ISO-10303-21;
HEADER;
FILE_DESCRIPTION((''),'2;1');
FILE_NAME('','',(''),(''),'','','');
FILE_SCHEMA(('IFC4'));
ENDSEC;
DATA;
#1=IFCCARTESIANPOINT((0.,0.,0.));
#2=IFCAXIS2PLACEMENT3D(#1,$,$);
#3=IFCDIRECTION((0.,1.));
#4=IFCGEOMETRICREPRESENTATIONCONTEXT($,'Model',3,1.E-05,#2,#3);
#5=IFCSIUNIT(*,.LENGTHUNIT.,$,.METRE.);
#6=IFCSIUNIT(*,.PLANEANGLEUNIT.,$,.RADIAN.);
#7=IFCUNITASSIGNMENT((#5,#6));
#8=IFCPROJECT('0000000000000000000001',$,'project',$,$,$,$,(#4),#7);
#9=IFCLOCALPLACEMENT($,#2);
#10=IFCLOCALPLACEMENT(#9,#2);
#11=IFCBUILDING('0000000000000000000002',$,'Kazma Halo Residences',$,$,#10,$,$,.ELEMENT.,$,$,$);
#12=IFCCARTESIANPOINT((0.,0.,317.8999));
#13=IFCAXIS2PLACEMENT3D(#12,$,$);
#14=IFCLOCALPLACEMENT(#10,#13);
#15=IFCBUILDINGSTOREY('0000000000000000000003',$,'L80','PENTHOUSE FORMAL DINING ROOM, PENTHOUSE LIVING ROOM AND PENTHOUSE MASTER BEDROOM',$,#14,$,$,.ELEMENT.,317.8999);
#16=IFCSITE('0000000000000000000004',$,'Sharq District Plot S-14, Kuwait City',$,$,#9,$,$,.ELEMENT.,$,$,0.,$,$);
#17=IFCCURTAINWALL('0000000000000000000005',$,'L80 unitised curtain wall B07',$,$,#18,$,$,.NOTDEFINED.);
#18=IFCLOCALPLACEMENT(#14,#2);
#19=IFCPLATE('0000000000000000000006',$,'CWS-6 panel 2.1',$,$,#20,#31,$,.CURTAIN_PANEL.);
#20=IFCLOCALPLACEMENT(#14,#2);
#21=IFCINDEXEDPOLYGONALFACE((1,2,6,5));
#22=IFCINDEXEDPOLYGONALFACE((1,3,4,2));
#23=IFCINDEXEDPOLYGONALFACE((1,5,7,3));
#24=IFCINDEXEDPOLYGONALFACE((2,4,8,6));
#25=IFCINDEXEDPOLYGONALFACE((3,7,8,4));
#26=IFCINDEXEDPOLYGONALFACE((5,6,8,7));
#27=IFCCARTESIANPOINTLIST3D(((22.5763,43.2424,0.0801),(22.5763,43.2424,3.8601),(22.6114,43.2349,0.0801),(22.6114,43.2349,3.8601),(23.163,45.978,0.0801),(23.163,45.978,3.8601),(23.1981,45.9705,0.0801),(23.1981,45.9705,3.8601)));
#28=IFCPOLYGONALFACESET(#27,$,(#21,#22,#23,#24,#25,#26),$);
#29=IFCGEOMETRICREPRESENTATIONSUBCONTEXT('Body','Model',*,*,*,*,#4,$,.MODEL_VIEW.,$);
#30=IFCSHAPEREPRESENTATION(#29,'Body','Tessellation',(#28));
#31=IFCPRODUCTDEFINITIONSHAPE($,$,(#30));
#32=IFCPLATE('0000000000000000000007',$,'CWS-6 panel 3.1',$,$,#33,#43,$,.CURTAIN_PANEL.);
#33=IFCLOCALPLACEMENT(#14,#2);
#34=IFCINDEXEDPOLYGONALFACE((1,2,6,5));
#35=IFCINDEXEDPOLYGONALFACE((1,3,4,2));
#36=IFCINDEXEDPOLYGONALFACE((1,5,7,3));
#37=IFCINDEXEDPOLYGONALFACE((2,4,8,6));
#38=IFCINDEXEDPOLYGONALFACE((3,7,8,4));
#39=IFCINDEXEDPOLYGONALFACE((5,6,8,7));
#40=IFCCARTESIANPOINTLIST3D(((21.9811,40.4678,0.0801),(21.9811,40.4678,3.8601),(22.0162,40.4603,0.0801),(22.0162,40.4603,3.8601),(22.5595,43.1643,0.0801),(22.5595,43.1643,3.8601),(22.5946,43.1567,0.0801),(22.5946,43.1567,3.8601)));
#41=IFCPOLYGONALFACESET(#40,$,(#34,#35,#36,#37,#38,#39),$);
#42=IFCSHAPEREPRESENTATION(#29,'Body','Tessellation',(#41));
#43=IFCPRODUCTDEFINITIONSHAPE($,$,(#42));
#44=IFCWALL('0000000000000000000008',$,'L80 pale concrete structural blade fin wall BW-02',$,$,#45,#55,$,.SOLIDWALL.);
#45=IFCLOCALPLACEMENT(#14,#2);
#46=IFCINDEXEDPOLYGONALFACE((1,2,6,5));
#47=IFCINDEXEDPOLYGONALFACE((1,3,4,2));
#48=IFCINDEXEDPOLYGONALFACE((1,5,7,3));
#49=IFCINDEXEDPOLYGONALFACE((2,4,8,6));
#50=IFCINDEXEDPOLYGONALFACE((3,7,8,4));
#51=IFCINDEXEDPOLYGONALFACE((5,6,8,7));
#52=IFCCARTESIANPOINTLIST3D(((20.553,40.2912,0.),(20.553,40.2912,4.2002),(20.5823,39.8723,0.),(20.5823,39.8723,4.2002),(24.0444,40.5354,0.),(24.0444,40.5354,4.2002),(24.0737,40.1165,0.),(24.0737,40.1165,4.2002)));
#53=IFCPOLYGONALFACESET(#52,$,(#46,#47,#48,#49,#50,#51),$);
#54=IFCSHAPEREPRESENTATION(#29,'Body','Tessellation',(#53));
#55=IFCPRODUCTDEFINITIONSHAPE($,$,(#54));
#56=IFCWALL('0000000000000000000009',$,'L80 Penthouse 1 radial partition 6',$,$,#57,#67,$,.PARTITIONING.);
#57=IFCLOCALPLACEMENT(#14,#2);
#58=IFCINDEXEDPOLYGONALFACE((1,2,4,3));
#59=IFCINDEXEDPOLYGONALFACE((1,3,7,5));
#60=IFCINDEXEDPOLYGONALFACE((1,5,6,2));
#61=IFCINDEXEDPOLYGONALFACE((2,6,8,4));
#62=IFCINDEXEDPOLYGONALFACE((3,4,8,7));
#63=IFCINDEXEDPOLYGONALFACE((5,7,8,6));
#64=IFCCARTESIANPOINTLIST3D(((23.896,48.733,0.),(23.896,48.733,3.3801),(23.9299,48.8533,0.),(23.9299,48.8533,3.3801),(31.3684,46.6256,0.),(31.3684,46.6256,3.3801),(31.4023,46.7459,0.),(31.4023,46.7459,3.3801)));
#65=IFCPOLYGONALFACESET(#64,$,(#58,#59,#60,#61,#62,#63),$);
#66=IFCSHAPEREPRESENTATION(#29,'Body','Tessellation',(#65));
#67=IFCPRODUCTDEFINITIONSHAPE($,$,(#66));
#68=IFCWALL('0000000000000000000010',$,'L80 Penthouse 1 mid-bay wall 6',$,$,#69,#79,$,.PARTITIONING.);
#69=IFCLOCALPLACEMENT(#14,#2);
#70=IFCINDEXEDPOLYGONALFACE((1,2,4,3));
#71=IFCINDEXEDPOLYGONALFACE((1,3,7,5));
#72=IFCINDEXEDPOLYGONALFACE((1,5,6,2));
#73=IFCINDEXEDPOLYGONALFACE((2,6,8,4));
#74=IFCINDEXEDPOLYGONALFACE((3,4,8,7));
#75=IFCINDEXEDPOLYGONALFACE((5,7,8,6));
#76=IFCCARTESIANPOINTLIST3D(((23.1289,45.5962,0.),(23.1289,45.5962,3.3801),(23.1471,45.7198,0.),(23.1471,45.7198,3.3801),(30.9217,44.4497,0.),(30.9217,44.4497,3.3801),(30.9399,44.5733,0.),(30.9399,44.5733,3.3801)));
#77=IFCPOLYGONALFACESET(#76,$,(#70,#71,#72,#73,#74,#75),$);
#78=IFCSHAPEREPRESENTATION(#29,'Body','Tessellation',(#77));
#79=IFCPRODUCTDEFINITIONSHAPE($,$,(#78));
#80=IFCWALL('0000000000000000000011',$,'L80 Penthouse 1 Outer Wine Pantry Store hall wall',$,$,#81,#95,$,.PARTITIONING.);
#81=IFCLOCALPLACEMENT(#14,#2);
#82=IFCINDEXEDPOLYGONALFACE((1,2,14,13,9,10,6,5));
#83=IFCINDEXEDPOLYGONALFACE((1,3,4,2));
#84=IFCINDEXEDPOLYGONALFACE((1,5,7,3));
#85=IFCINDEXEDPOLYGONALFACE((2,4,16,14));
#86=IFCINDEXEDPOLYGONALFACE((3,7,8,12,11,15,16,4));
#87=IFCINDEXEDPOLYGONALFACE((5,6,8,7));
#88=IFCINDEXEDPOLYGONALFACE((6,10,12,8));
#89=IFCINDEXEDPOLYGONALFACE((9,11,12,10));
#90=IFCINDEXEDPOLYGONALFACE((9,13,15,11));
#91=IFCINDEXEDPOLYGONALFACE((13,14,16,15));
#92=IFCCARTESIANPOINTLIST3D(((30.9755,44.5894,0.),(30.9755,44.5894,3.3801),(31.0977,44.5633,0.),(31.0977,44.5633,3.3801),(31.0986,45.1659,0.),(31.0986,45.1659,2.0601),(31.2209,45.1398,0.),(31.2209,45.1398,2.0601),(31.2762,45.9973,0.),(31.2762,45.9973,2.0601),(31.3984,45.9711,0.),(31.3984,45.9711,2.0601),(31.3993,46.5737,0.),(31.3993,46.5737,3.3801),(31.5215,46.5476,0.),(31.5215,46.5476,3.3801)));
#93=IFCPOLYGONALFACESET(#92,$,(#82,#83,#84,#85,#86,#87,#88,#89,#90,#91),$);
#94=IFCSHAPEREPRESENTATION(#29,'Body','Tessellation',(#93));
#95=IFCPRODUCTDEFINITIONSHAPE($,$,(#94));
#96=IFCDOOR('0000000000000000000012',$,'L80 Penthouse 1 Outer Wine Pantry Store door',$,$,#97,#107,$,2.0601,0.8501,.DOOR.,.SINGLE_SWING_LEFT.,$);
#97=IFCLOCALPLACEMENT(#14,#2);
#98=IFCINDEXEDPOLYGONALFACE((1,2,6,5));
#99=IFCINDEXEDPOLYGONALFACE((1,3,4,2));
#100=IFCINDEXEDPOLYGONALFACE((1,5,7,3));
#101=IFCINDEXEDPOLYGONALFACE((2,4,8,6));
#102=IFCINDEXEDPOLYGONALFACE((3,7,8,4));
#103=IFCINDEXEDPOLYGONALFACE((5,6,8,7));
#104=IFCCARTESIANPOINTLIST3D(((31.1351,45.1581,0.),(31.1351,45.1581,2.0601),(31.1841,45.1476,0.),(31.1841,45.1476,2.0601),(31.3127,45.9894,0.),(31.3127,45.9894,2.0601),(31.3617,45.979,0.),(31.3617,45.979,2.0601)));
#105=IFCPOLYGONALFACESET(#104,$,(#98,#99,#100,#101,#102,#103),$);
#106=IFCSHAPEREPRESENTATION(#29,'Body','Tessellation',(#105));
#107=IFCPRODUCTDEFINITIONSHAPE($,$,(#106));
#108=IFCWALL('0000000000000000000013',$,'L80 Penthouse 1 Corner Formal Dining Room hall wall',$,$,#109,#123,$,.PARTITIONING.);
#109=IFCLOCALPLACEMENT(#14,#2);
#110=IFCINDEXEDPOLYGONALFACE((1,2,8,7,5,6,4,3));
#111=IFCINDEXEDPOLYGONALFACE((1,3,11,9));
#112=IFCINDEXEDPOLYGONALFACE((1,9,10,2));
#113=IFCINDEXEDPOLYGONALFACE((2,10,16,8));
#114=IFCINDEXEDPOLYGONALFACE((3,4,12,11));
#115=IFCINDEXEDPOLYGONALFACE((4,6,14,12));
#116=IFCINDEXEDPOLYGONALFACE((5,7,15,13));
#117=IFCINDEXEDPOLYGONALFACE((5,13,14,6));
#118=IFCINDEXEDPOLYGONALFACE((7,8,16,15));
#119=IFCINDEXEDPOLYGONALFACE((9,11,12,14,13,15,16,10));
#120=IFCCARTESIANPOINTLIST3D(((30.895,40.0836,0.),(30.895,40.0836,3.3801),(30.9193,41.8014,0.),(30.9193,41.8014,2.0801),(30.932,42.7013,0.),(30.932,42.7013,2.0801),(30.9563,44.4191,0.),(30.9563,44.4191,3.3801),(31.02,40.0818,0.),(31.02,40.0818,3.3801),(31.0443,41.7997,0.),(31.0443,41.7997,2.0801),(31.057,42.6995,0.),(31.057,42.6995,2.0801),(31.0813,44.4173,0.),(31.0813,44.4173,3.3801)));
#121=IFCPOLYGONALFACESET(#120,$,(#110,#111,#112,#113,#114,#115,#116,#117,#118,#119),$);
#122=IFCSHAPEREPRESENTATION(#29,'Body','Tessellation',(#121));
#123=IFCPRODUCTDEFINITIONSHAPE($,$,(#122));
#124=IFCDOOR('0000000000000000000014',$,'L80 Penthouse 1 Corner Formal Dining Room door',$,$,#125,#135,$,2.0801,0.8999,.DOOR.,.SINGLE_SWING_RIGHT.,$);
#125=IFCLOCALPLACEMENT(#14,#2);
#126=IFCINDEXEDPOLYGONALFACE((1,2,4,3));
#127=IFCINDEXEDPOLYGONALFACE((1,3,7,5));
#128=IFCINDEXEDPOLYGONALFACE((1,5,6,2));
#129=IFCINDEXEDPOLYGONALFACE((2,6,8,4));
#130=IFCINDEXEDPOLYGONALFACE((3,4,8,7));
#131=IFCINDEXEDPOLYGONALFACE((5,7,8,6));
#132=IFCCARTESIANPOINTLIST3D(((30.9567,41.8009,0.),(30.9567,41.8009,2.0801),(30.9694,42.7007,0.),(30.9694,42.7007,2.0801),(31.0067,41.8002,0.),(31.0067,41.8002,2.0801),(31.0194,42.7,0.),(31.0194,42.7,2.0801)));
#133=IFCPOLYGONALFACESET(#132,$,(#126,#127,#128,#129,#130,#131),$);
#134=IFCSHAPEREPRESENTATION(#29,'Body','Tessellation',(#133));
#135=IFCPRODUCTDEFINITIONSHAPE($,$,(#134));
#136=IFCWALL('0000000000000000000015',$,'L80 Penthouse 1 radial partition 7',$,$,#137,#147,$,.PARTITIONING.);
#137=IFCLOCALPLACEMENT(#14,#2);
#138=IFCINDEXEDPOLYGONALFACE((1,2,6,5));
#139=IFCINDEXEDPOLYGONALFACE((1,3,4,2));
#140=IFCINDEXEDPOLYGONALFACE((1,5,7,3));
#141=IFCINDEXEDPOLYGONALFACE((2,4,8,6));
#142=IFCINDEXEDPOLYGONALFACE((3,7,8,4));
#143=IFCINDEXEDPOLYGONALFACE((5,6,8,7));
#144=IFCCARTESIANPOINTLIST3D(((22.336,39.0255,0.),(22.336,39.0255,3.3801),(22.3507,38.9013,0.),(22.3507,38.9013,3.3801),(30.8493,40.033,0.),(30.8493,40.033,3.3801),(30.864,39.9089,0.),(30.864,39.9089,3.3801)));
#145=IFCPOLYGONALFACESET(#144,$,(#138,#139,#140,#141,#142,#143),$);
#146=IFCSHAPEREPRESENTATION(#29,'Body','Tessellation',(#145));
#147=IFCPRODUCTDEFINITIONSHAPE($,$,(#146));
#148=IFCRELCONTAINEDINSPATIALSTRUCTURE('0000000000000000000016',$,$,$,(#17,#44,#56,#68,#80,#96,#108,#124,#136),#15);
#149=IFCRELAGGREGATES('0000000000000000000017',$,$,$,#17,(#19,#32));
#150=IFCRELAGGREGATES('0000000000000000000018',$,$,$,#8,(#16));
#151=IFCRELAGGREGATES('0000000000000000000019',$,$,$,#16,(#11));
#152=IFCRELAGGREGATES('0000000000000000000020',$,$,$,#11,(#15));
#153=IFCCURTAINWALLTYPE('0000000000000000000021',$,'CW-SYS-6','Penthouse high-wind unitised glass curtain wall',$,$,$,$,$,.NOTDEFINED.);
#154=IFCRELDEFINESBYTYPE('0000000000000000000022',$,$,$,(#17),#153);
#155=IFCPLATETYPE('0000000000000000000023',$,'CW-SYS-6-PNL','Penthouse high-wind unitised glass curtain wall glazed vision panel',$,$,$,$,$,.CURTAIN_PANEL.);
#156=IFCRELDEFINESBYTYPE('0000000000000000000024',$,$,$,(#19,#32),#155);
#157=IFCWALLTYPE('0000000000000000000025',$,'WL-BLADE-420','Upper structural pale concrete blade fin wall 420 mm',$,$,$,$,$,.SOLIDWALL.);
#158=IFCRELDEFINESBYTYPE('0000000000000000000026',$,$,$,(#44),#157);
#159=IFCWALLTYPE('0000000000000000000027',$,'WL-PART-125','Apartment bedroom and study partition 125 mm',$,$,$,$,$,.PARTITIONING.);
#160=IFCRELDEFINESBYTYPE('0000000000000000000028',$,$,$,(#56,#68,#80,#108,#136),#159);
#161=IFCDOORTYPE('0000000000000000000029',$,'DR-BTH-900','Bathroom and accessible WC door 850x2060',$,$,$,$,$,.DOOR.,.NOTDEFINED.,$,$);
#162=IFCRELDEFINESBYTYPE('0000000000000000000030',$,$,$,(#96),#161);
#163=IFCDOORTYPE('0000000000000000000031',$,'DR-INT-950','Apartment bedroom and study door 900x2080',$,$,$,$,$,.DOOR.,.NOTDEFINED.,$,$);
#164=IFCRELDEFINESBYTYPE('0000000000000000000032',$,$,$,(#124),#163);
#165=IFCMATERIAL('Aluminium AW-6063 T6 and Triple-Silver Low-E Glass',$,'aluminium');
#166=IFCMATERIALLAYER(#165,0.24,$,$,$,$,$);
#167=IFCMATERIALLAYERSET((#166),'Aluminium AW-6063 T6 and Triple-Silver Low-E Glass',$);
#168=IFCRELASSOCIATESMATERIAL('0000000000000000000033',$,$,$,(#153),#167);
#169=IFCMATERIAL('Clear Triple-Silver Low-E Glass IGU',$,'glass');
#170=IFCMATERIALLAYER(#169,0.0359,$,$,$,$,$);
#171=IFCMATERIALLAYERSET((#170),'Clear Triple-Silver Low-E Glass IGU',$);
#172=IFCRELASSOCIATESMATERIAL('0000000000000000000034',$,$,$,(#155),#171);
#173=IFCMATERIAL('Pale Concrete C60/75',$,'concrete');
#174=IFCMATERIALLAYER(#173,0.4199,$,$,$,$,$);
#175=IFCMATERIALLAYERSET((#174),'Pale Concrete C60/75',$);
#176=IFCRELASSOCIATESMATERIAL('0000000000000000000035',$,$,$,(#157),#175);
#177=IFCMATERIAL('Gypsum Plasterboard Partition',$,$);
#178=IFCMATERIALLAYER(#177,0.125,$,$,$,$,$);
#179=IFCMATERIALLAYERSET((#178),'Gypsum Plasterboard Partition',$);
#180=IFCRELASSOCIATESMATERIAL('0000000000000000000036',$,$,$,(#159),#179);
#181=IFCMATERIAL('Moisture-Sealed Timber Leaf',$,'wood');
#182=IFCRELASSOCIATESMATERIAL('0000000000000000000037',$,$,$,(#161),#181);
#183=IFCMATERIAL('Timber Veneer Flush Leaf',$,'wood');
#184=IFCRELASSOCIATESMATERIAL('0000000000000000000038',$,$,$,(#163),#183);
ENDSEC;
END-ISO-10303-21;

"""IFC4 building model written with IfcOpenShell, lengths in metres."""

from ifc_helpers import new_model, si_unit, direction, frame, frame_2d, origin, origin_2d, place, context, subcontext, project, spatial, rectangle, extrude, material, layer, layer_set, type_object, element, fill, aggregate, save


model = new_model("IFC4")

# Units and contexts
model_context = context("Model", 3, precision=1e-05, world=origin(), true_north=direction((0.0, 1.0)))
body_context = subcontext(model_context, "Body", "Model", "MODEL_VIEW")
ifc_project = project(units=[si_unit("LENGTHUNIT", "METRE"), si_unit("PLANEANGLEUNIT", "RADIAN")], contexts=[model_context])

# Site, building, storey
site_placement = place(None, origin())
site = spatial("IfcSite", under=ifc_project, at=site_placement, Name="Sharq District Plot S-14, Kuwait City", CompositionType="ELEMENT", RefElevation=0.0)
building_placement = place(site_placement, origin())
building = spatial("IfcBuilding", under=site, at=building_placement, Name="Kazma Halo Residences", CompositionType="ELEMENT")
storey_placement = place(building_placement, frame((0.0, 0.0, 317.8999)))
storey = spatial("IfcBuildingStorey", under=building, at=storey_placement, Name="L80", Description="PENTHOUSE FORMAL DINING ROOM, PENTHOUSE LIVING ROOM AND PENTHOUSE MASTER BEDROOM", CompositionType="ELEMENT", Elevation=317.8999)

# Curtain wall, plates
ifc_material_1 = material(Name="Aluminium AW-6063 T6 and Triple-Silver Low-E Glass", Category="aluminium")
ifc_layer_1 = layer(ifc_material_1, 0.24)
ifc_layer_set_1 = layer_set([ifc_layer_1], Name="Aluminium AW-6063 T6 and Triple-Silver Low-E Glass")
curtain_wall_type = type_object("IfcCurtainWallType", Name="CW-SYS-6", Description="Penthouse high-wind unitised glass curtain wall", PredefinedType="NOTDEFINED", material=ifc_layer_set_1)
curtain_wall_placement = place(storey_placement, origin())
curtain_wall = element("IfcCurtainWall", 1, at=curtain_wall_placement, inside=storey, type_object=curtain_wall_type, Name="L80 unitised curtain wall B07", PredefinedType="NOTDEFINED")
ifc_material_2 = material(Name="Clear Triple-Silver Low-E Glass IGU", Category="glass")
ifc_layer_2 = layer(ifc_material_2, 0.0359)
ifc_layer_set_2 = layer_set([ifc_layer_2], Name="Clear Triple-Silver Low-E Glass IGU")
plate_type = type_object("IfcPlateType", Name="CW-SYS-6-PNL", Description="Penthouse high-wind unitised glass curtain wall glazed vision panel", PredefinedType="CURTAIN_PANEL", material=ifc_layer_set_2)
plate_1_placement = place(storey_placement, frame((22.8872, 44.6064, 0.0801), z_axis=(0.0, 0.0, 1.0), x_axis=(-0.209723, -0.977761, 0.0)))
plate_1 = element("IfcPlate", 2, at=plate_1_placement, type_object=plate_type, Name="CWS-6 panel 2.1", PredefinedType="CURTAIN_PANEL", context=body_context, shape_type="SweptSolid", body=[
    extrude(rectangle(XDim=2.7979, YDim=0.0359, at=origin_2d()), origin(), (0.0, 0.0, 1.0), 3.78),
])
plate_2_placement = place(storey_placement, frame((22.2878, 41.8123, 0.0801), z_axis=(0.0, 0.0, 1.0), x_axis=(-0.209723, -0.977761, 0.0)))
plate_2 = element("IfcPlate", 3, at=plate_2_placement, type_object=plate_type, Name="CWS-6 panel 3.1", PredefinedType="CURTAIN_PANEL", context=body_context, shape_type="SweptSolid", body=[
    extrude(rectangle(XDim=2.7578, YDim=0.0359, at=origin_2d()), origin(), (0.0, 0.0, 1.0), 3.78),
])
aggregate(curtain_wall, [plate_1, plate_2])

# Walls
ifc_material_3 = material(Name="Pale Concrete C60/75", Category="concrete")
ifc_layer_3 = layer(ifc_material_3, 0.4199)
ifc_layer_set_3 = layer_set([ifc_layer_3], Name="Pale Concrete C60/75")
wall_type_1 = type_object("IfcWallType", Name="WL-BLADE-420", Description="Upper structural pale concrete blade fin wall 420 mm", PredefinedType="SOLIDWALL", material=ifc_layer_set_3)
wall_1_placement = place(storey_placement, frame((24.0591, 40.3259, 0.0), z_axis=(0.0, 0.0, 1.0), x_axis=(-0.997564, -0.069755, 0.0)))
element("IfcWall", 4, at=wall_1_placement, inside=storey, type_object=wall_type_1, Name="L80 pale concrete structural blade fin wall BW-02", PredefinedType="SOLIDWALL", context=body_context, shape_type="SweptSolid", body=[
    extrude(rectangle(XDim=3.5, YDim=0.4199, at=frame_2d((1.75, 0.0))), origin(), (0.0, 0.0, 1.0), 4.2002),
])
ifc_material_4 = material(Name="Gypsum Plasterboard Partition")
ifc_layer_4 = layer(ifc_material_4, 0.125)
ifc_layer_set_4 = layer_set([ifc_layer_4], Name="Gypsum Plasterboard Partition")
wall_type_2 = type_object("IfcWallType", Name="WL-PART-125", Description="Apartment bedroom and study partition 125 mm", PredefinedType="PARTITIONING", material=ifc_layer_set_4)
wall_2_placement = place(storey_placement, frame((31.3853, 46.6858, 0.0), z_axis=(0.0, 0.0, 1.0), x_axis=(-0.962456, 0.271439, 0.0)))
element("IfcWall", 5, at=wall_2_placement, inside=storey, type_object=wall_type_2, Name="L80 Penthouse 1 radial partition 6", PredefinedType="PARTITIONING", context=body_context, shape_type="SweptSolid", body=[
    extrude(rectangle(XDim=7.7639, YDim=0.125, at=frame_2d((3.8818, 0.0))), origin(), (0.0, 0.0, 1.0), 3.3801),
])
wall_3_placement = place(storey_placement, frame((30.9309, 44.5115, 0.0), z_axis=(0.0, 0.0, 1.0), x_axis=(-0.98935, 0.145556, 0.0)))
element("IfcWall", 6, at=wall_3_placement, inside=storey, type_object=wall_type_2, Name="L80 Penthouse 1 mid-bay wall 6", PredefinedType="PARTITIONING", context=body_context, shape_type="SweptSolid", body=[
    extrude(rectangle(XDim=7.8767, YDim=0.125, at=frame_2d((3.9385, 0.0))), origin(), (0.0, 0.0, 1.0), 3.3801),
])

# Walls, openings, doors
wall_4_placement = place(storey_placement, frame((31.4604, 46.5608, 0.0), z_axis=(0.0, 0.0, 1.0), x_axis=(-0.208872, -0.977943, 0.0)))
wall_4 = element("IfcWall", 7, at=wall_4_placement, inside=storey, type_object=wall_type_2, Name="L80 Penthouse 1 Outer Wine Pantry Store hall wall", PredefinedType="PARTITIONING", context=body_context, shape_type="SweptSolid", body=[
    extrude(rectangle(XDim=2.0291, YDim=0.125, at=frame_2d((1.0146, 0.0))), origin(), (0.0, 0.0, 1.0), 3.3801),
])
opening_1_placement = place(wall_4_placement, frame((0.5896, 0.0, 0.0)))
opening_1 = element("IfcOpeningElement", 8, at=opening_1_placement, cuts=wall_4, PredefinedType="OPENING", context=body_context, shape_type="SweptSolid", body=[
    extrude(rectangle(XDim=0.8501, YDim=2.0601, at=frame_2d((0.425, 1.03))), frame((0.0, 0.0725, 0.0), z_axis=(0.0, -1.0, 0.0), x_axis=(1.0, 0.0, 0.0)), (0.0, 0.0, 1.0), 0.145),
])
ifc_material_5 = material(Name="Moisture-Sealed Timber Leaf", Category="wood")
door_type_1 = type_object("IfcDoorType", Name="DR-BTH-900", Description="Bathroom and accessible WC door 850x2060", OperationType="NOTDEFINED", PredefinedType="DOOR", material=ifc_material_5)
door_1_placement = place(opening_1_placement, origin())
door_1 = element("IfcDoor", 9, at=door_1_placement, inside=storey, type_object=door_type_1, Name="L80 Penthouse 1 Outer Wine Pantry Store door", OperationType="SINGLE_SWING_LEFT", OverallHeight=2.0601, OverallWidth=0.8501, PredefinedType="DOOR", context=body_context, shape_type="SweptSolid", body=[
    extrude(rectangle(XDim=0.8501, YDim=2.0601, at=frame_2d((0.425, 1.03))), frame((0.0, 0.0249, 0.0), z_axis=(0.0, -1.0, 0.0), x_axis=(1.0, 0.0, 0.0)), (0.0, 0.0, 1.0), 0.05),
])
fill(opening_1, door_1)
wall_5_placement = place(storey_placement, frame((31.0188, 44.4182, 0.0), z_axis=(0.0, 0.0, 1.0), x_axis=(-0.014133, -0.9999, 0.0)))
wall_5 = element("IfcWall", 10, at=wall_5_placement, inside=storey, type_object=wall_type_2, Name="L80 Penthouse 1 Corner Formal Dining Room hall wall", PredefinedType="PARTITIONING", context=body_context, shape_type="SweptSolid", body=[
    extrude(rectangle(XDim=4.3359, YDim=0.125, at=frame_2d((2.168, 0.0))), origin(), (0.0, 0.0, 1.0), 3.3801),
])
opening_2_placement = place(wall_5_placement, frame((1.718, 0.0, 0.0)))
opening_2 = element("IfcOpeningElement", 11, at=opening_2_placement, cuts=wall_5, PredefinedType="OPENING", context=body_context, shape_type="SweptSolid", body=[
    extrude(rectangle(XDim=0.8999, YDim=2.0801, at=frame_2d((0.45, 1.04))), frame((0.0, 0.0725, 0.0), z_axis=(0.0, -1.0, 0.0), x_axis=(1.0, 0.0, 0.0)), (0.0, 0.0, 1.0), 0.145),
])
ifc_material_6 = material(Name="Timber Veneer Flush Leaf", Category="wood")
door_type_2 = type_object("IfcDoorType", Name="DR-INT-950", Description="Apartment bedroom and study door 900x2080", OperationType="NOTDEFINED", PredefinedType="DOOR", material=ifc_material_6)
door_2_placement = place(opening_2_placement, origin())
door_2 = element("IfcDoor", 12, at=door_2_placement, inside=storey, type_object=door_type_2, Name="L80 Penthouse 1 Corner Formal Dining Room door", OperationType="SINGLE_SWING_RIGHT", OverallHeight=2.0801, OverallWidth=0.8999, PredefinedType="DOOR", context=body_context, shape_type="SweptSolid", body=[
    extrude(rectangle(XDim=0.8999, YDim=2.0801, at=frame_2d((0.45, 1.04))), frame((0.0, 0.0249, 0.0), z_axis=(0.0, -1.0, 0.0), x_axis=(1.0, 0.0, 0.0)), (0.0, 0.0, 1.0), 0.05),
])
fill(opening_2, door_2)

# Wall
wall_6_placement = place(storey_placement, frame((30.8567, 39.9709, 0.0), z_axis=(0.0, 0.0, 1.0), x_axis=(-0.993069, -0.11753, 0.0)))
element("IfcWall", 13, at=wall_6_placement, inside=storey, type_object=wall_type_2, Name="L80 Penthouse 1 radial partition 7", PredefinedType="PARTITIONING", context=body_context, shape_type="SweptSolid", body=[
    extrude(rectangle(XDim=8.5728, YDim=0.125, at=frame_2d((4.2864, 0.0))), origin(), (0.0, 0.0, 1.0), 3.3801),
])

save(model, "model.ifc")
